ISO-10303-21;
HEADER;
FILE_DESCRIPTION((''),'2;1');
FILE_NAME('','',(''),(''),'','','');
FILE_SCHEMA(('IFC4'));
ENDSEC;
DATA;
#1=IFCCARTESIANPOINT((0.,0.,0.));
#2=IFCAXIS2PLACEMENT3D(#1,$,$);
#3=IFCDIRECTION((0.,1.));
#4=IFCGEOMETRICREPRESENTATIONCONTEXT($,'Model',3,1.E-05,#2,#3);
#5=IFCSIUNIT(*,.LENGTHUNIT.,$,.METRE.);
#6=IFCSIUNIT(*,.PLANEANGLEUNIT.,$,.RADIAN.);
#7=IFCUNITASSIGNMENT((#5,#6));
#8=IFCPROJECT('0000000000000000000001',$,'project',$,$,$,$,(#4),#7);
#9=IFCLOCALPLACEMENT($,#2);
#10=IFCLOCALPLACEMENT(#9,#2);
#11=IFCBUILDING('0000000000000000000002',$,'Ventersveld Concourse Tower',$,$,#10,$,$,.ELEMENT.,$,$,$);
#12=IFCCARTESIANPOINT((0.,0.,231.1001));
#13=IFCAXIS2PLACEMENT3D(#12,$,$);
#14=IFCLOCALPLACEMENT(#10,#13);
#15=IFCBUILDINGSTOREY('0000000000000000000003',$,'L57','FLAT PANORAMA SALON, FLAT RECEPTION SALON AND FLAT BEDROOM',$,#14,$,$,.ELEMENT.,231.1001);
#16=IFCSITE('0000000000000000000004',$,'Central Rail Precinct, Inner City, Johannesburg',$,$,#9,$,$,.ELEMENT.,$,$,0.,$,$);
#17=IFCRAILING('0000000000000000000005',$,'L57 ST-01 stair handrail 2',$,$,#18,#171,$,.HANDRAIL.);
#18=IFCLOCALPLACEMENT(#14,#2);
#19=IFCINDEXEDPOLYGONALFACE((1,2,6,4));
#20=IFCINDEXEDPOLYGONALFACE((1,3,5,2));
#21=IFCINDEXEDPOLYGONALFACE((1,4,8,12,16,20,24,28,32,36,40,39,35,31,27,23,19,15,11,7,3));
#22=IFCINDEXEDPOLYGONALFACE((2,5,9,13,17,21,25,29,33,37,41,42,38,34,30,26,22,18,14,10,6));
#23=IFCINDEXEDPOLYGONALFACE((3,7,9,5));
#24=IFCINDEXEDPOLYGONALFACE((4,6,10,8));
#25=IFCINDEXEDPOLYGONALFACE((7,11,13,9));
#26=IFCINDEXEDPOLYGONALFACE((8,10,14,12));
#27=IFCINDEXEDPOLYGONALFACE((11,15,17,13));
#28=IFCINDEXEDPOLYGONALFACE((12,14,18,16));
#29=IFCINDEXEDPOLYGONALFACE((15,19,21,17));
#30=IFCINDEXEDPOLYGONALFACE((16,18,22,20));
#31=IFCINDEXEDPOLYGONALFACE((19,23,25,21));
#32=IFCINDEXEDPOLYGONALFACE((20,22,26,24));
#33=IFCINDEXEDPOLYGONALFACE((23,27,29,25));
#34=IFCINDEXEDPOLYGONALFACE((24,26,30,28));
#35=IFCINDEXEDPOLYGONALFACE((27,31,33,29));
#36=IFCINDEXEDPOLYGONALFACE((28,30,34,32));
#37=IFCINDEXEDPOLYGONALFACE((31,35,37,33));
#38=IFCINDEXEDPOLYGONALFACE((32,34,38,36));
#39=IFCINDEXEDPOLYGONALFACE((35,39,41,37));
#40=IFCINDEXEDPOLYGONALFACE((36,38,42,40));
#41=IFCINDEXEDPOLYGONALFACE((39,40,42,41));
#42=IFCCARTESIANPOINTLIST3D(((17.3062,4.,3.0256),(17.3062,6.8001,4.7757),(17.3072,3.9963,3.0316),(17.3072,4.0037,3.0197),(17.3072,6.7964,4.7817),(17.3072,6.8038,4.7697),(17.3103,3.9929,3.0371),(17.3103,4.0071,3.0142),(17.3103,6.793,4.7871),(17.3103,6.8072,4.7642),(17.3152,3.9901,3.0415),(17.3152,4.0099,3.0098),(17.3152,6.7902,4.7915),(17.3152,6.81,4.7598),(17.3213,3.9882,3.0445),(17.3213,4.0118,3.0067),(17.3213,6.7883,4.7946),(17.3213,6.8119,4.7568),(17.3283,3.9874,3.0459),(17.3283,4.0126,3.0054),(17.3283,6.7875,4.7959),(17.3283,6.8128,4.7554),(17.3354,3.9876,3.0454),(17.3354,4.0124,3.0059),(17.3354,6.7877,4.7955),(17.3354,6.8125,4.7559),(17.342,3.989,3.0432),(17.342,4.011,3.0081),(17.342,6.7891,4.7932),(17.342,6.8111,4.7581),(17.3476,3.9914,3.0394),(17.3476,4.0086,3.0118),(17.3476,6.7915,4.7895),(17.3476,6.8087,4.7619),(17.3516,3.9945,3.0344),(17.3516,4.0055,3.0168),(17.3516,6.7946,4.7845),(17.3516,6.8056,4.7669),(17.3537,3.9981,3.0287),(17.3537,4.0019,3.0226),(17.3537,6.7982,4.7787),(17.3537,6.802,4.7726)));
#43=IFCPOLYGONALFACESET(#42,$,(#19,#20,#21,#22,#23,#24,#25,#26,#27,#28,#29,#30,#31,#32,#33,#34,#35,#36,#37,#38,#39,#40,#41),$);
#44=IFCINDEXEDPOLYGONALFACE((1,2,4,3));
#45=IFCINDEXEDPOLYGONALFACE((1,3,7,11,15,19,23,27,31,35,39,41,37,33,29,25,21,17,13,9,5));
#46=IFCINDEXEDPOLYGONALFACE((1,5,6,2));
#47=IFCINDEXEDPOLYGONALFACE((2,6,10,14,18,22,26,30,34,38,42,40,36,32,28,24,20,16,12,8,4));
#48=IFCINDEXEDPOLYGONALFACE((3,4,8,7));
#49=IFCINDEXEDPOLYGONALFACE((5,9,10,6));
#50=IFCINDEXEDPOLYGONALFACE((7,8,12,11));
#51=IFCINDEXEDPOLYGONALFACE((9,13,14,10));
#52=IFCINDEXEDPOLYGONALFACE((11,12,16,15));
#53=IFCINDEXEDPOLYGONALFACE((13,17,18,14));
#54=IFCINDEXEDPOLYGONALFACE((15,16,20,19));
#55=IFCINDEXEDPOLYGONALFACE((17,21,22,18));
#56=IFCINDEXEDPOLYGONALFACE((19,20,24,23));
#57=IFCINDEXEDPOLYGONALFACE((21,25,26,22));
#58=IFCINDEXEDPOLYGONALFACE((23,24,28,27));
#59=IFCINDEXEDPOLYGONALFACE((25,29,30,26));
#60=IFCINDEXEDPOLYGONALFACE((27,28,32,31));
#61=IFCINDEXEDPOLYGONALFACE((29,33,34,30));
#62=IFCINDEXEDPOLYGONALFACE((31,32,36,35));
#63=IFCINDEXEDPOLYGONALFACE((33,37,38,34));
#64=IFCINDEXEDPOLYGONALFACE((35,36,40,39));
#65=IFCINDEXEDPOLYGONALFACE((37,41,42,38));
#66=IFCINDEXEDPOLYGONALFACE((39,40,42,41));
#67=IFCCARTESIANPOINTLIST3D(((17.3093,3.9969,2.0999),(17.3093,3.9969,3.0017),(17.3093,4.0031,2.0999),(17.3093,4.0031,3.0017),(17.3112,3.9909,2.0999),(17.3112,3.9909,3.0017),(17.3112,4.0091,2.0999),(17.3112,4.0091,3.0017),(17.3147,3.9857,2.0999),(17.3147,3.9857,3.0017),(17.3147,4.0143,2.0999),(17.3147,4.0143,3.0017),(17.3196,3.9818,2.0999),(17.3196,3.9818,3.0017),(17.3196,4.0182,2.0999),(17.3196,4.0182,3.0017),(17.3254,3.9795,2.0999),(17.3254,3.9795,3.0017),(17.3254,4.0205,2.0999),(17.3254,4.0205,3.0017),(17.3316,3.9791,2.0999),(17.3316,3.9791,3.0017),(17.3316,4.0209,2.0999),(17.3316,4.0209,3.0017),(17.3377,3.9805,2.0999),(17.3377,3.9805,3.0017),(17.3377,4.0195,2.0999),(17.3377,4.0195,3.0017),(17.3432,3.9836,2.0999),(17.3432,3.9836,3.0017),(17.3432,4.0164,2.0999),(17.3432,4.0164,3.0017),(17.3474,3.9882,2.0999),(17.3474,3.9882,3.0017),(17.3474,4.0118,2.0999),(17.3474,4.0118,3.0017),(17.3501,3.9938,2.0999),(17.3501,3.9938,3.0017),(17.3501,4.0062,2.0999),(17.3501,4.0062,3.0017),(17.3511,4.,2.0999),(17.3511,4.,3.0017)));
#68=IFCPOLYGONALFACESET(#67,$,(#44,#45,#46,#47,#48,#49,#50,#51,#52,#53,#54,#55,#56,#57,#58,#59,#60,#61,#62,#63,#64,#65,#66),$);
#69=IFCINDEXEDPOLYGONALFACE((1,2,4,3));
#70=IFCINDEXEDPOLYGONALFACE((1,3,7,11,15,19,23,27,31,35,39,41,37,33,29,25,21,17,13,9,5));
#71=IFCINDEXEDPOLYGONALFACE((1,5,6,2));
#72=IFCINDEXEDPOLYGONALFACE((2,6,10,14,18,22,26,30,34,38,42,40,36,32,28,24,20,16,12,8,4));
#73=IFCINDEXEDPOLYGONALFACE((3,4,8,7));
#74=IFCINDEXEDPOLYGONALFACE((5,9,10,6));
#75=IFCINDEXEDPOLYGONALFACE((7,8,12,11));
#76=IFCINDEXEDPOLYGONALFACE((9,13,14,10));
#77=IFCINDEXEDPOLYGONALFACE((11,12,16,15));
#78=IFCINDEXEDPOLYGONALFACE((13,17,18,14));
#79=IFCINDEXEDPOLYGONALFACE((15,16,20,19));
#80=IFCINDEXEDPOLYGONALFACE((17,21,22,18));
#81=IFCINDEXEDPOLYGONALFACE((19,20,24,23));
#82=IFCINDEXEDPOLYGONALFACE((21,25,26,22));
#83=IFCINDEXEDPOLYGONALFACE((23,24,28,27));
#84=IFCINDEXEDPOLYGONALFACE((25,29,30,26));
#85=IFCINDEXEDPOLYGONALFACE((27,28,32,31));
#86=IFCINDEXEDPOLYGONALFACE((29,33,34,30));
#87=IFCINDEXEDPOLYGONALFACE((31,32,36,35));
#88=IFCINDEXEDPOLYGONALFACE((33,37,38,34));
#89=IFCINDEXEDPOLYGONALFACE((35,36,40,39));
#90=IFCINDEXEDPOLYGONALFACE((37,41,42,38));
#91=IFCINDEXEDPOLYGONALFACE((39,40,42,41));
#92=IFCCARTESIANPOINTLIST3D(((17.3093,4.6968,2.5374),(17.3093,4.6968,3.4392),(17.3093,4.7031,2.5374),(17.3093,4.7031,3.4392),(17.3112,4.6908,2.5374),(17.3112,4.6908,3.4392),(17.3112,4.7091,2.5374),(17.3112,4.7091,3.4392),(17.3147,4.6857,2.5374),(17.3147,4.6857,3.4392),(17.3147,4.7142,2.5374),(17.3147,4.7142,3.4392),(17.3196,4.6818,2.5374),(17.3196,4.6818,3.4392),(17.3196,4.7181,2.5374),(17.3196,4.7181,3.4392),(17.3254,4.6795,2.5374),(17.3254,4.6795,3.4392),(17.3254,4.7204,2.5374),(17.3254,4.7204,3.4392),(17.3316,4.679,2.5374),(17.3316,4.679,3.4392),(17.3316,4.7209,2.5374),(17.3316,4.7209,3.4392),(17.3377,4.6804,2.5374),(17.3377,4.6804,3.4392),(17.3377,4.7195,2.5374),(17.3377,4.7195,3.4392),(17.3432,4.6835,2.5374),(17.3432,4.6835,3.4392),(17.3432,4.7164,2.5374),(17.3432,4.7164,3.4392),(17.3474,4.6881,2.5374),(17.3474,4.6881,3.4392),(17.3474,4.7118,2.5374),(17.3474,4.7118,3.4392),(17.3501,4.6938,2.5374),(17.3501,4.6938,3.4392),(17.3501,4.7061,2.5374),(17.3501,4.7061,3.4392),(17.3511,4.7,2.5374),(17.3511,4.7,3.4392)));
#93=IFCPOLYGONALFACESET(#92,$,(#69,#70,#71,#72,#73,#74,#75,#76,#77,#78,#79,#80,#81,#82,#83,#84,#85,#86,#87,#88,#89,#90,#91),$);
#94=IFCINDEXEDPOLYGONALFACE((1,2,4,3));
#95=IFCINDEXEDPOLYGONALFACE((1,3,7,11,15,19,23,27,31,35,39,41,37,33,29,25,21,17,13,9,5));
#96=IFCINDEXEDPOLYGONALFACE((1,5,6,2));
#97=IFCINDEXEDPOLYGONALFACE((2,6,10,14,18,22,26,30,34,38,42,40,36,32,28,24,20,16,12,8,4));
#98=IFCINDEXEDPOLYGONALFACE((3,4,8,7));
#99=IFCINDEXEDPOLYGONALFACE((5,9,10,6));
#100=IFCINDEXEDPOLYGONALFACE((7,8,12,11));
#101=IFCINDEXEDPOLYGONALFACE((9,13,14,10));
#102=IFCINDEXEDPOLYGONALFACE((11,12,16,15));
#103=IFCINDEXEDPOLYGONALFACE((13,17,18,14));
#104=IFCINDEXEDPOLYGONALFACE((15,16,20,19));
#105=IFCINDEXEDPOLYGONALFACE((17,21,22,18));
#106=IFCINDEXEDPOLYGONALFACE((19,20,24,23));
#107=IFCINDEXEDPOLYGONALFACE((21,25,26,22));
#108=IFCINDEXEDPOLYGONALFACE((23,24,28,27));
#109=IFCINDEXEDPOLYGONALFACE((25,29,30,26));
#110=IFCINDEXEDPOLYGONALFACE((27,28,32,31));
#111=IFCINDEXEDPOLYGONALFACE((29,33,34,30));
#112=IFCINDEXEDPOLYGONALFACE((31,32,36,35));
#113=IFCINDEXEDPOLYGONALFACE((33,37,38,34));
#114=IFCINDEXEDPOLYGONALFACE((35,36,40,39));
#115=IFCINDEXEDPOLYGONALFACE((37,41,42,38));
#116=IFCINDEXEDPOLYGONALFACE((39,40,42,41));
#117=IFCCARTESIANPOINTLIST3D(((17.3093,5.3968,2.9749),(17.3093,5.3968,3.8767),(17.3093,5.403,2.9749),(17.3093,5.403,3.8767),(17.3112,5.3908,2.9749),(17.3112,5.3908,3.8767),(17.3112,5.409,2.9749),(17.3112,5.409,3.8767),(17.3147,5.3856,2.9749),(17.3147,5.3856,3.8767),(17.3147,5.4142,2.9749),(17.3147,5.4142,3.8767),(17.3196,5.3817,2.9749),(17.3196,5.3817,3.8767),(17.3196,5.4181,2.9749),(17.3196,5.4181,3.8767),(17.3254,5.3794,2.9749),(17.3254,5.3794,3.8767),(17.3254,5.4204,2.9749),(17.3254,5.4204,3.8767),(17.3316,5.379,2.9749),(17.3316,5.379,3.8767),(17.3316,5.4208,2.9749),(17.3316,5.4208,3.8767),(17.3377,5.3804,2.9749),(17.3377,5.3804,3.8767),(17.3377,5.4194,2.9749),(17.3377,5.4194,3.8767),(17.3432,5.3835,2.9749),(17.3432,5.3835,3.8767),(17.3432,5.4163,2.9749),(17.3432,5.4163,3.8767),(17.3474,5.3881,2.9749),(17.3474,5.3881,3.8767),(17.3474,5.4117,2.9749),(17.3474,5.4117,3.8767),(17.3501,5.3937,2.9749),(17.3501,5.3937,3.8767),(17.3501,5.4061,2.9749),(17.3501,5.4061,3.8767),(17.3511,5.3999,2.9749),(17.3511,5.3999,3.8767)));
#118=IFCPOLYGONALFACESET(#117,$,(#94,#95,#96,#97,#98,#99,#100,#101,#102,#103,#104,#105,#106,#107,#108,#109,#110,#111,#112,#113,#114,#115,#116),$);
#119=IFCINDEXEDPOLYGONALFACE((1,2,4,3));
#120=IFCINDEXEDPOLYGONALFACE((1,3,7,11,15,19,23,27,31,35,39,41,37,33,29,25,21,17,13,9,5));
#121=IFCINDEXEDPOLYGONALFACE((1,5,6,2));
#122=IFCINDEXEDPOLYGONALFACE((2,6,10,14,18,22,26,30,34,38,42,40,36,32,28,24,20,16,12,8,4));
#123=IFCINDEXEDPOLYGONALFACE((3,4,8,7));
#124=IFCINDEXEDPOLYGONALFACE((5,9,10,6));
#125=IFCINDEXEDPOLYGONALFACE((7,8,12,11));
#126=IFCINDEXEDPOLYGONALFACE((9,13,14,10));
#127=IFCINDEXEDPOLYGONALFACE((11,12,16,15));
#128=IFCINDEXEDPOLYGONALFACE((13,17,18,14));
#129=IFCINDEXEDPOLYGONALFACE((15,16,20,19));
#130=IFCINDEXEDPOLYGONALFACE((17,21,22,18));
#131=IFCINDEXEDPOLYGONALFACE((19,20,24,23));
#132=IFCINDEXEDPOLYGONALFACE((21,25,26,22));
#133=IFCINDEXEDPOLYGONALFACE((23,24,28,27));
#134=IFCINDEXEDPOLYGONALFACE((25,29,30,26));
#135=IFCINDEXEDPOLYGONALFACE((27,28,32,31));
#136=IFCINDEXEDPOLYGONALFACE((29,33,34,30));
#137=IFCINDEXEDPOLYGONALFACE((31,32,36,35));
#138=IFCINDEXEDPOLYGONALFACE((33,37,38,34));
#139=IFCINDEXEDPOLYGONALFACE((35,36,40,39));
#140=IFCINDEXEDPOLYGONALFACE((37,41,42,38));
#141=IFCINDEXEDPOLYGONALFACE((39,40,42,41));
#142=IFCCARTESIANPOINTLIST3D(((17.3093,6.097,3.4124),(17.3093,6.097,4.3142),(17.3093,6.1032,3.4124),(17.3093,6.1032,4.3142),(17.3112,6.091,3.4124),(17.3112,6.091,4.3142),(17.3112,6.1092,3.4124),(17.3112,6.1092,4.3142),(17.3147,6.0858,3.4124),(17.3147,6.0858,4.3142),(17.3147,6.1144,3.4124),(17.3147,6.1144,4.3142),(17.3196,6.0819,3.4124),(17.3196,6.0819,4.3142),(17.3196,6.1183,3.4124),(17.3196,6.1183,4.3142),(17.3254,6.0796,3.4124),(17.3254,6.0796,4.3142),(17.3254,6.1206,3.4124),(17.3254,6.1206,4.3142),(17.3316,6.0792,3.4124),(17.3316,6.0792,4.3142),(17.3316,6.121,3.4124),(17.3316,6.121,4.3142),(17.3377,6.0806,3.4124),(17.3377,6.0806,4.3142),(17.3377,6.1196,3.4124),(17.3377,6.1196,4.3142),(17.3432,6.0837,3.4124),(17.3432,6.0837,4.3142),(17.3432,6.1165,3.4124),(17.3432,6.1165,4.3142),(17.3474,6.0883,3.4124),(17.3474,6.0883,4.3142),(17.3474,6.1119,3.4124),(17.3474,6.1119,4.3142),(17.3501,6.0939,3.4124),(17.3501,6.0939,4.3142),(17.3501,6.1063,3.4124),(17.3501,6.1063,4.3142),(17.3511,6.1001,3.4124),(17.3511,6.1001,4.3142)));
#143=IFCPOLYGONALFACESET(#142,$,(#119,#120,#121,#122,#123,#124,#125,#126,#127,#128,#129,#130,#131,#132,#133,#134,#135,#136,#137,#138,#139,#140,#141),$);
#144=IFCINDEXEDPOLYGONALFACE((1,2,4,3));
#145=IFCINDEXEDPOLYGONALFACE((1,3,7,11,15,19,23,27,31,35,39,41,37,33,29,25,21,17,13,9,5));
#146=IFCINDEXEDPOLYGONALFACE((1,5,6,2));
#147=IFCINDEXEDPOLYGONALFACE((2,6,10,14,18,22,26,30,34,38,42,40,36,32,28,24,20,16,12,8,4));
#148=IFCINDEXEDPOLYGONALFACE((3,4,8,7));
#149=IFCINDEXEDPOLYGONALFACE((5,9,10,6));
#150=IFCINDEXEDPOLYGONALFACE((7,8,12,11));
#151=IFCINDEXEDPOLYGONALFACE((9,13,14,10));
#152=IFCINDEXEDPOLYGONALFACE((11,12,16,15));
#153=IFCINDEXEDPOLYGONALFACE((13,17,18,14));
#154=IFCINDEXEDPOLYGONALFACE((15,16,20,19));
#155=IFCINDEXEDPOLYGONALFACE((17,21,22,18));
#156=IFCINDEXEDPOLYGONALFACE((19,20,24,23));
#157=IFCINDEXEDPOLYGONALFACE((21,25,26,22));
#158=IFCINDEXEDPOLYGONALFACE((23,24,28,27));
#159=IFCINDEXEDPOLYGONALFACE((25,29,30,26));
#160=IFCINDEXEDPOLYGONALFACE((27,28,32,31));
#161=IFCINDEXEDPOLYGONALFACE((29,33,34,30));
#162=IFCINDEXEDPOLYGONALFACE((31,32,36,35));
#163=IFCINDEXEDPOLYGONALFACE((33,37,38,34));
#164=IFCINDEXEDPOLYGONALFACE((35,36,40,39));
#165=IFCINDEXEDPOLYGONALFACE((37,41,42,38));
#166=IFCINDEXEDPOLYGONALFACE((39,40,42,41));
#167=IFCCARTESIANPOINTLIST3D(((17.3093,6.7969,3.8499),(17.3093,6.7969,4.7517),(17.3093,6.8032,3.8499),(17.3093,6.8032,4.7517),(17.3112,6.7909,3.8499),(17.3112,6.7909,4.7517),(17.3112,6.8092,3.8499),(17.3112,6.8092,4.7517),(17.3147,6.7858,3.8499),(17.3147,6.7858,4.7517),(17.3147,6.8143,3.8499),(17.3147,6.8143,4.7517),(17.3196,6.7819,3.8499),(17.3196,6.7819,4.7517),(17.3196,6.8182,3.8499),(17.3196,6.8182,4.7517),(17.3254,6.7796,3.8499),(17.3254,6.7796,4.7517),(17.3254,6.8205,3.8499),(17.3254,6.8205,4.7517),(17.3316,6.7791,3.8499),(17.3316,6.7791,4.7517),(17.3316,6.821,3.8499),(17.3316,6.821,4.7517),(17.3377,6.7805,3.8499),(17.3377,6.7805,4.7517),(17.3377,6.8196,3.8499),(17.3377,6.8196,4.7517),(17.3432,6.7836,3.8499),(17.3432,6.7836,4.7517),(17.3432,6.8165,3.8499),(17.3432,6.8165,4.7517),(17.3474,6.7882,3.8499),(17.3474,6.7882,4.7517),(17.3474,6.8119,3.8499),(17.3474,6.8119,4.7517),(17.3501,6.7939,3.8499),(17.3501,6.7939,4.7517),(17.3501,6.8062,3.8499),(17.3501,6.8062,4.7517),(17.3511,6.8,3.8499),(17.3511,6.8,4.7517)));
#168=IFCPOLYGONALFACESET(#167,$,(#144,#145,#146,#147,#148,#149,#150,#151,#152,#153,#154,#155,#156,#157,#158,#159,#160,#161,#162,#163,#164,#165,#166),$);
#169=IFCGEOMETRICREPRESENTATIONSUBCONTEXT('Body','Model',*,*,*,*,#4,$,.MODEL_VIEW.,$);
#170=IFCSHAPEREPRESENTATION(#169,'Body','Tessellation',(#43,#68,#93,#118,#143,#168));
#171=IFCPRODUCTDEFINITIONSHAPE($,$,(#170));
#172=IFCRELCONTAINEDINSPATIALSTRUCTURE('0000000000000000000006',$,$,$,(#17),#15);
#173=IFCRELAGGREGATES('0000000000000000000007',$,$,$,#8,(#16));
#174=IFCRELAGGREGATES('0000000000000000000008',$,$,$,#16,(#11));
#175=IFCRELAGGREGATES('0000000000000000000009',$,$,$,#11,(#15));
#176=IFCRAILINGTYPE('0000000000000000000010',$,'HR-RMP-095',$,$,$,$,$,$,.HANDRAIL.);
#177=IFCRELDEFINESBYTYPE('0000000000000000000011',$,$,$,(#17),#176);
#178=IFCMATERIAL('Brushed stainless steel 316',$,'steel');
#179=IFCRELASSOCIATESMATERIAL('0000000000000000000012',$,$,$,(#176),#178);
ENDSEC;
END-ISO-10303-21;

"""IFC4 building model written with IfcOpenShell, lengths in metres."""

from ifc_helpers import new_model, si_unit, direction, frame, origin, origin_2d, place, context, subcontext, project, spatial, circle, extrude, material, type_object, element, save


model = new_model("IFC4")

# Units and contexts
model_context = context("Model", 3, precision=1e-05, world=origin(), true_north=direction((0.0, 1.0)))
body_context = subcontext(model_context, "Body", "Model", "MODEL_VIEW")
ifc_project = project(units=[si_unit("LENGTHUNIT", "METRE"), si_unit("PLANEANGLEUNIT", "RADIAN")], contexts=[model_context])

# Site, building, storey
site_placement = place(None, origin())
site = spatial("IfcSite", under=ifc_project, at=site_placement, Name="Central Rail Precinct, Inner City, Johannesburg", CompositionType="ELEMENT", RefElevation=0.0)
building_placement = place(site_placement, origin())
building = spatial("IfcBuilding", under=site, at=building_placement, Name="Ventersveld Concourse Tower", CompositionType="ELEMENT")
storey_placement = place(building_placement, frame((0.0, 0.0, 231.1001)))
storey = spatial("IfcBuildingStorey", under=building, at=storey_placement, Name="L57", Description="FLAT PANORAMA SALON, FLAT RECEPTION SALON AND FLAT BEDROOM", CompositionType="ELEMENT", Elevation=231.1001)

# Shared definitions
ifc_material_1 = material(Name="Brushed stainless steel 316", Category="steel")

# Railing
railing_type_1 = type_object("IfcRailingType", Name="HR-RMP-095", PredefinedType="HANDRAIL", material=ifc_material_1)
railing_1_placement = place(storey_placement, frame((17.3301, 4.0, 2.0999)))
element("IfcRailing", 1, at=railing_1_placement, inside=storey, type_object=railing_type_1, Name="L57 ST-01 stair handrail 2", PredefinedType="HANDRAIL", context=body_context, shape_type="SweptSolid", body=[
    extrude(circle(Radius=0.0239, at=origin_2d()), frame((0.0, 0.0, 0.9258), z_axis=(0.0, 0.848002, 0.529992), x_axis=(-1.0, 0.0, 0.0)), (0.0, 0.0, 1.0), 3.302),
    extrude(circle(Radius=0.021, at=origin_2d()), origin(), (0.0, 0.0, 1.0), 0.9019),
    extrude(circle(Radius=0.021, at=origin_2d()), frame((0.0, 0.7, 0.4375)), (0.0, 0.0, 1.0), 0.9019),
    extrude(circle(Radius=0.021, at=origin_2d()), frame((0.0, 1.3999, 0.875)), (0.0, 0.0, 1.0), 0.9019),
    extrude(circle(Radius=0.021, at=origin_2d()), frame((0.0, 2.1001, 1.3125)), (0.0, 0.0, 1.0), 0.9019),
    extrude(circle(Radius=0.021, at=origin_2d()), frame((0.0, 2.8, 1.75)), (0.0, 0.0, 1.0), 0.9019),
])

save(model, "model.ifc")
